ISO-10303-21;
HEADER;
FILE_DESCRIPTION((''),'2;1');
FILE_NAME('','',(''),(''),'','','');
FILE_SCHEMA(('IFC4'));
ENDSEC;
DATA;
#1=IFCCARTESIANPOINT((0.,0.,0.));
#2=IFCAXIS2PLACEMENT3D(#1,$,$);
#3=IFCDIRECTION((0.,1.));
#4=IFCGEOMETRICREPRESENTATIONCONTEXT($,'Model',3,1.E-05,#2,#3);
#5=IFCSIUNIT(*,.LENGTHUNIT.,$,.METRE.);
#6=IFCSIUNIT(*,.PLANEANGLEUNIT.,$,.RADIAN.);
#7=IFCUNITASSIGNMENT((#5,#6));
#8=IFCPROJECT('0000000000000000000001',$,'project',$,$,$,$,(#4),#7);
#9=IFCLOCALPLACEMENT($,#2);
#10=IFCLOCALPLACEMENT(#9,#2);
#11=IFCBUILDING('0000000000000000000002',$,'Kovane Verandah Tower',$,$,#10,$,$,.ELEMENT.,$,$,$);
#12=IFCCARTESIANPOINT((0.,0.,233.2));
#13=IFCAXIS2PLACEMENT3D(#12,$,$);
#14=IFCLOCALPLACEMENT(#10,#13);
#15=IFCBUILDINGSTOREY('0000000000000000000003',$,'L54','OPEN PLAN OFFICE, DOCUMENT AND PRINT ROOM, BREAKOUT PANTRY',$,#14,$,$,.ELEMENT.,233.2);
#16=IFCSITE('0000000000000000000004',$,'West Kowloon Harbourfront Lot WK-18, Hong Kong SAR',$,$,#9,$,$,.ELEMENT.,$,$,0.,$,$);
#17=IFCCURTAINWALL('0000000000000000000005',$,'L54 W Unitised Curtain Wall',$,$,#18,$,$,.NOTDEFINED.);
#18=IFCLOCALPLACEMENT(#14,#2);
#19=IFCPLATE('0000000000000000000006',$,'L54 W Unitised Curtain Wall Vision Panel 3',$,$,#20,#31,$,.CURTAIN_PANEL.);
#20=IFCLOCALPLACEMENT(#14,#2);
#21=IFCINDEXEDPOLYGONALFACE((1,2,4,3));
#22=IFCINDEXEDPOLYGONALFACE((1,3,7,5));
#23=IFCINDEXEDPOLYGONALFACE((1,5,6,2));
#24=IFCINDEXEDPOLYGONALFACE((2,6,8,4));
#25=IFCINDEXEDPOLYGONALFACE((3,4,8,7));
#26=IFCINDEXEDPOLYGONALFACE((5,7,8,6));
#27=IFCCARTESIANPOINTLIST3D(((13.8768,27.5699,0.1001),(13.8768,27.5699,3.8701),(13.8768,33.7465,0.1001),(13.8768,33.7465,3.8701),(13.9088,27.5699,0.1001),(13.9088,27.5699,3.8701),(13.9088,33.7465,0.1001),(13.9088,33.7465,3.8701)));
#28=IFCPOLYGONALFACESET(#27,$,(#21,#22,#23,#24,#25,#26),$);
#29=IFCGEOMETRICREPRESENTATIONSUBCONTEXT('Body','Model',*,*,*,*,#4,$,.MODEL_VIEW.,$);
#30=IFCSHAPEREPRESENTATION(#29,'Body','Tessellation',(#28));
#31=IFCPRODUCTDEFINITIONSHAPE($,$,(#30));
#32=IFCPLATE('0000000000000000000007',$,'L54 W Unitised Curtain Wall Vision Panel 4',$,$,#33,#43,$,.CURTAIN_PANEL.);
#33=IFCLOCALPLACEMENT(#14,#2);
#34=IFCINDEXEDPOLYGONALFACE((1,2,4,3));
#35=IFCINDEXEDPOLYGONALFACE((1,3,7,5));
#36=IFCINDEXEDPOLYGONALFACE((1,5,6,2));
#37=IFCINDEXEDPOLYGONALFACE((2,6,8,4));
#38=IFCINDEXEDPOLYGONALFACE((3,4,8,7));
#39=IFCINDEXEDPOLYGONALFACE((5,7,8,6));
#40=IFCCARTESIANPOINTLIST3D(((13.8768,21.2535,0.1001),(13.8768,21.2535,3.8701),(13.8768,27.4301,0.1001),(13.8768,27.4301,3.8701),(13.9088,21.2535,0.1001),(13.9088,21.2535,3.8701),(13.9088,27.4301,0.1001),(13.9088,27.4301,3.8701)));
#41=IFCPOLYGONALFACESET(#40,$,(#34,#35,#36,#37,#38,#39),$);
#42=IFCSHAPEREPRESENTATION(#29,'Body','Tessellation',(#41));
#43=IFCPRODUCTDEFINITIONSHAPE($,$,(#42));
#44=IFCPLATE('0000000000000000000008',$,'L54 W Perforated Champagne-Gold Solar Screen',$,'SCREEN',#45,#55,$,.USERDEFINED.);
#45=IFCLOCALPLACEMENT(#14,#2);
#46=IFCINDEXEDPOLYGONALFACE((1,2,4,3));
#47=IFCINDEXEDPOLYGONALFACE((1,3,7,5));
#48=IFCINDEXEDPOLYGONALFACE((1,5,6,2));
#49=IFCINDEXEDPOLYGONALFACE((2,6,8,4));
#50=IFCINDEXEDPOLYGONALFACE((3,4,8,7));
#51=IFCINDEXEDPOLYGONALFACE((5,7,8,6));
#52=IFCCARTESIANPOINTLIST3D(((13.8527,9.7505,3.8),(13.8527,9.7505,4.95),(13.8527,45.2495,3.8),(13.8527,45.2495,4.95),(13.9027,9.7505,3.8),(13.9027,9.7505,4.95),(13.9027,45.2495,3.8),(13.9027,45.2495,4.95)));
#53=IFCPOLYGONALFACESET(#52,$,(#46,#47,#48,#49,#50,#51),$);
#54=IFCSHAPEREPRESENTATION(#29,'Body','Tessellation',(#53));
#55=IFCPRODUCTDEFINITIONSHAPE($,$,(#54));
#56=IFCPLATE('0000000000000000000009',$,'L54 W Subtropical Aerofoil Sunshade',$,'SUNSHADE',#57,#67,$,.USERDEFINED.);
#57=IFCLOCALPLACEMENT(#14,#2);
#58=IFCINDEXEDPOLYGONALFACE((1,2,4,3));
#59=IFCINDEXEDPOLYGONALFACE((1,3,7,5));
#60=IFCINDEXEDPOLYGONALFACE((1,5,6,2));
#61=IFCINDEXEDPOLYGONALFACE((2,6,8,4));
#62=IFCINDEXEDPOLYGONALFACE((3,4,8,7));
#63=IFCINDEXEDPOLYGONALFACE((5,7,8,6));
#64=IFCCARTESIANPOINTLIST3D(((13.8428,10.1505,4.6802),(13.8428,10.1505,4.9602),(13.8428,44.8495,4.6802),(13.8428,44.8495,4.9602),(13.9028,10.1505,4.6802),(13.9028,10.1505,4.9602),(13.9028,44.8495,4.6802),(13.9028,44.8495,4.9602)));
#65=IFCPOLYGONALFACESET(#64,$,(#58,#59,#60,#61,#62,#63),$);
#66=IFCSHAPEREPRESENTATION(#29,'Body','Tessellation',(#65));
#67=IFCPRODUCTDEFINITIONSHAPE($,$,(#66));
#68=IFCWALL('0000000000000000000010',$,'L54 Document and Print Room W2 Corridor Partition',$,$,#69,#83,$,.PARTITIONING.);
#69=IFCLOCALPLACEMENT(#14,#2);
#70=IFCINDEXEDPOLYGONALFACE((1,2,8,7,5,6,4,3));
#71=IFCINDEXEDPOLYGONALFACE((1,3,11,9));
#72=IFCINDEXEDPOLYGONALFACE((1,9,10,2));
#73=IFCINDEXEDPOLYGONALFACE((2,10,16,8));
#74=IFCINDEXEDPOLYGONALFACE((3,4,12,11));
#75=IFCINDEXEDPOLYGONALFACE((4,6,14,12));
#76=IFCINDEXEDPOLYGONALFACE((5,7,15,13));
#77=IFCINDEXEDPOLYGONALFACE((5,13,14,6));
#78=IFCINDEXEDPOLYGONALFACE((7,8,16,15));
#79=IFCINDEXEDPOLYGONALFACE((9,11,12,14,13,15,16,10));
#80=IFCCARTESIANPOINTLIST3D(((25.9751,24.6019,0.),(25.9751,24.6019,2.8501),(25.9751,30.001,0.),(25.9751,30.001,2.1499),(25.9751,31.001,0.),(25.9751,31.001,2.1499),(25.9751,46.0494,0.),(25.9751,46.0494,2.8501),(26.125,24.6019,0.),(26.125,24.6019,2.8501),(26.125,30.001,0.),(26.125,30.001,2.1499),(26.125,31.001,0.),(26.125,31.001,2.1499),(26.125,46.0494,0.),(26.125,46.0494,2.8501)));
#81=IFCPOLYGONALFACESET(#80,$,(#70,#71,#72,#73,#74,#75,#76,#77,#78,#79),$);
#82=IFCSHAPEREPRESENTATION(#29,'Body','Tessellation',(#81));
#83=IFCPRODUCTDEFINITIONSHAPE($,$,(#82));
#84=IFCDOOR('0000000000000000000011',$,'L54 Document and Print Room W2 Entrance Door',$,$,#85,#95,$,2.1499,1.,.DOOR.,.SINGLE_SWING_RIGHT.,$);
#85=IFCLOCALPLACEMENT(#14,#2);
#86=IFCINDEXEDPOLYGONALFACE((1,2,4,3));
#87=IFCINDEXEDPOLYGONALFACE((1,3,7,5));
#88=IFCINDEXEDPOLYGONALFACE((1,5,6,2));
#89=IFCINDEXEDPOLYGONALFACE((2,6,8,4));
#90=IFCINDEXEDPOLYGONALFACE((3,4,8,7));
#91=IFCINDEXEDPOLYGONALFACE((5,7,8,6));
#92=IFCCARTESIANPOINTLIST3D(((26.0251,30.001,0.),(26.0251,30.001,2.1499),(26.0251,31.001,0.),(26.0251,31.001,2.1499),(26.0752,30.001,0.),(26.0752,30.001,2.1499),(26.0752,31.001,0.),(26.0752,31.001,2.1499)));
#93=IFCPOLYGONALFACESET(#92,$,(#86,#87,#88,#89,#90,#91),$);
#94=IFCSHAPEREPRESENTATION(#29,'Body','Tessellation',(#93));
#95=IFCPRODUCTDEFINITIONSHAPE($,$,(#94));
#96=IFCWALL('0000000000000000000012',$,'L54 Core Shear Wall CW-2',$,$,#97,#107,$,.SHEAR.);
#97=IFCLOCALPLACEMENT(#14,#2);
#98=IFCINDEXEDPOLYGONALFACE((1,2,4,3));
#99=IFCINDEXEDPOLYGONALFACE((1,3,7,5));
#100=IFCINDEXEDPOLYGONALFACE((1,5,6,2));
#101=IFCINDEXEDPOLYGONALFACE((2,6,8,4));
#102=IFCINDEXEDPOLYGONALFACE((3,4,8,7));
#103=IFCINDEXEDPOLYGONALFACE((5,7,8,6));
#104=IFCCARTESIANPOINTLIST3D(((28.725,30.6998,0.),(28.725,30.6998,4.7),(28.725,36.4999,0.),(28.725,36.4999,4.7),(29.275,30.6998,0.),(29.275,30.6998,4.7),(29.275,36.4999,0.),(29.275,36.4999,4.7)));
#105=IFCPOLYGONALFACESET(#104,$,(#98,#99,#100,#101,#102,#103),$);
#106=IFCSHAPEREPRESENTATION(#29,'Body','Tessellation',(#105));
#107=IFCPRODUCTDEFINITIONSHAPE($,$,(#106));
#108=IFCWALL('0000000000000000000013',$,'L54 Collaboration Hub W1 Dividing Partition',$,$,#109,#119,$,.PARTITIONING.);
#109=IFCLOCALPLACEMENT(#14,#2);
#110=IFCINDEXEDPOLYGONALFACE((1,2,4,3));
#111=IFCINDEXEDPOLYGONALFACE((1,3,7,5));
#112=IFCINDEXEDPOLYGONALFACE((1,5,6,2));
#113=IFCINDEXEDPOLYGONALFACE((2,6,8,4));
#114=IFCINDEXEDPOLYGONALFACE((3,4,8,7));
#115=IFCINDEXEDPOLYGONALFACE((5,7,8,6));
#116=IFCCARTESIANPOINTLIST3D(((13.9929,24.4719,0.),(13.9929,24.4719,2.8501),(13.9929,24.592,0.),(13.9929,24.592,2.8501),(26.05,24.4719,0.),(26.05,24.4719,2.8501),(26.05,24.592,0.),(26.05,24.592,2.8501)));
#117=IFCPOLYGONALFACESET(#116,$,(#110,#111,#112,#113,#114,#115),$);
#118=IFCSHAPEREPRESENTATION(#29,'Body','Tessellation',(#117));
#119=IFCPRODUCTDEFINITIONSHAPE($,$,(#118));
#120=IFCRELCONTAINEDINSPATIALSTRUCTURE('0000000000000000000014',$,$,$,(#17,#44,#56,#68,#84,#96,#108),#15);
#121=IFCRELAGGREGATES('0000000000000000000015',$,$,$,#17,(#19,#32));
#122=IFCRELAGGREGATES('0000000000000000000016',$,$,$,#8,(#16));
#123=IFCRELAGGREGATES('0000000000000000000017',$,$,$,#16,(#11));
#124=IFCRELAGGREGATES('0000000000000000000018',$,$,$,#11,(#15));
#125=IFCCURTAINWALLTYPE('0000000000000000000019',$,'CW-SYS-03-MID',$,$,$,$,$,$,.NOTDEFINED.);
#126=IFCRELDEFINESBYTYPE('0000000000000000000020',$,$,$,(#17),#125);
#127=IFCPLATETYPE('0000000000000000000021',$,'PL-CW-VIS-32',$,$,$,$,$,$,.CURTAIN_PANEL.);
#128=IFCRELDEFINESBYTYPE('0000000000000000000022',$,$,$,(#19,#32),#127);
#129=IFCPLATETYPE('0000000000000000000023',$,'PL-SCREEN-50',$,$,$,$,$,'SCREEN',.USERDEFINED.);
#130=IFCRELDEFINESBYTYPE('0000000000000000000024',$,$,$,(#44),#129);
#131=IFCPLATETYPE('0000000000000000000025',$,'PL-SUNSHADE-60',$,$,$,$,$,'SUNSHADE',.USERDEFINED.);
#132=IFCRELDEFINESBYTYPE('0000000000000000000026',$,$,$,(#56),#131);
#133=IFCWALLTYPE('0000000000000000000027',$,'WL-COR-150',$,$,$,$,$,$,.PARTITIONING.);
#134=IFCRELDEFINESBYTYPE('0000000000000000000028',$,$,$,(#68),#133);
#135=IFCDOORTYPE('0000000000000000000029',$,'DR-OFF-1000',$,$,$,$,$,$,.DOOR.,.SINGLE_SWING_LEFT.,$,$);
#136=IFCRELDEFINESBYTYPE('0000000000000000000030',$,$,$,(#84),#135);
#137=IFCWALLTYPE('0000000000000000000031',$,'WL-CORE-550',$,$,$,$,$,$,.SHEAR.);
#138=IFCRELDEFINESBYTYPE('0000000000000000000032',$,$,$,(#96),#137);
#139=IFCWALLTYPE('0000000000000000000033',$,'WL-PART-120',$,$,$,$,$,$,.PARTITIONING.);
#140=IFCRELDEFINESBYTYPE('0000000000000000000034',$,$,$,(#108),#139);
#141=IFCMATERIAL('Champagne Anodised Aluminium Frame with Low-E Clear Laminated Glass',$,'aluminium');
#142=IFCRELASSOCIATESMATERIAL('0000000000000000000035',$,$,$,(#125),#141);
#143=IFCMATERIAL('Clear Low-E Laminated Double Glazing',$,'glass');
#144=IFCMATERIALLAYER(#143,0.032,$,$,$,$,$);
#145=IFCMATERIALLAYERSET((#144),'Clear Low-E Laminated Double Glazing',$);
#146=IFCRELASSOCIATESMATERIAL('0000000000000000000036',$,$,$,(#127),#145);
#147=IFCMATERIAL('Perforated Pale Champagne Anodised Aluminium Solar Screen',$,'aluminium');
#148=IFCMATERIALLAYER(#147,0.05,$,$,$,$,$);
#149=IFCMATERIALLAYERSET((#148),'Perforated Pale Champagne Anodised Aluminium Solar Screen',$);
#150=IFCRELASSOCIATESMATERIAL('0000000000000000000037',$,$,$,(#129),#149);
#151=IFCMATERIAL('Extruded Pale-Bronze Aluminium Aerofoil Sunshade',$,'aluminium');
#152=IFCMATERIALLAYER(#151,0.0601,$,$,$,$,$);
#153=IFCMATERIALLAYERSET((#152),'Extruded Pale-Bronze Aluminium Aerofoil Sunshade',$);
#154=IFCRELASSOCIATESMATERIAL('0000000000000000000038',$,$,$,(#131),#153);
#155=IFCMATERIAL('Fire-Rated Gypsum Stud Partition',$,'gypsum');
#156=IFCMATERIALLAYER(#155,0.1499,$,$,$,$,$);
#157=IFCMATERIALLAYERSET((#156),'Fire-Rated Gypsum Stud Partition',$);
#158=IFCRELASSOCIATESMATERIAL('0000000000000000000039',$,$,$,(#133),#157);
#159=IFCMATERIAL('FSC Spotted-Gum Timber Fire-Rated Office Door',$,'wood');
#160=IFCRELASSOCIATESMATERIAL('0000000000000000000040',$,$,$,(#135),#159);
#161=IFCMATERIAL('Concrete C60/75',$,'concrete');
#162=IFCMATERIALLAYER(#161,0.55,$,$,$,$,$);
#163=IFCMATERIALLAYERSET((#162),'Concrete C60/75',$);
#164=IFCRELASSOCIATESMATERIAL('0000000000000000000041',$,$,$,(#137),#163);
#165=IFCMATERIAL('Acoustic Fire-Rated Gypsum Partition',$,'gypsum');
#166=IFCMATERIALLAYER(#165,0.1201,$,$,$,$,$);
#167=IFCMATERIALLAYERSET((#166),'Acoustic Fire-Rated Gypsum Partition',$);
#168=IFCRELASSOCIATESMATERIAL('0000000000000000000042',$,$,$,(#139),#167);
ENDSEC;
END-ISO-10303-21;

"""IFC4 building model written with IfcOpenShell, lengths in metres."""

from ifc_helpers import new_model, si_unit, direction, frame, frame_2d, origin, origin_2d, place, context, subcontext, project, spatial, rectangle, extrude, material, layer, layer_set, type_object, element, fill, aggregate, save


model = new_model("IFC4")

# Units and contexts
model_context = context("Model", 3, precision=1e-05, world=origin(), true_north=direction((0.0, 1.0)))
body_context = subcontext(model_context, "Body", "Model", "MODEL_VIEW")
ifc_project = project(units=[si_unit("LENGTHUNIT", "METRE"), si_unit("PLANEANGLEUNIT", "RADIAN")], contexts=[model_context])

# Site, building, storey
site_placement = place(None, origin())
site = spatial("IfcSite", under=ifc_project, at=site_placement, Name="West Kowloon Harbourfront Lot WK-18, Hong Kong SAR", CompositionType="ELEMENT", RefElevation=0.0)
building_placement = place(site_placement, origin())
building = spatial("IfcBuilding", under=site, at=building_placement, Name="Kovane Verandah Tower", CompositionType="ELEMENT")
storey_placement = place(building_placement, frame((0.0, 0.0, 233.2)))
storey = spatial("IfcBuildingStorey", under=building, at=storey_placement, Name="L54", Description="OPEN PLAN OFFICE, DOCUMENT AND PRINT ROOM, BREAKOUT PANTRY", CompositionType="ELEMENT", Elevation=233.2)

# Shared definitions
ifc_material_1 = material(Name="Concrete C60/75", Category="concrete")

# Curtain wall, plates
ifc_material_2 = material(Name="Champagne Anodised Aluminium Frame with Low-E Clear Laminated Glass", Category="aluminium")
curtain_wall_type = type_object("IfcCurtainWallType", Name="CW-SYS-03-MID", PredefinedType="NOTDEFINED", material=ifc_material_2)
curtain_wall_placement = place(storey_placement, origin())
curtain_wall = element("IfcCurtainWall", 1, at=curtain_wall_placement, inside=storey, type_object=curtain_wall_type, Name="L54 W Unitised Curtain Wall", PredefinedType="NOTDEFINED")
ifc_material_3 = material(Name="Clear Low-E Laminated Double Glazing", Category="glass")
ifc_layer_1 = layer(ifc_material_3, 0.032)
ifc_layer_set_1 = layer_set([ifc_layer_1], Name="Clear Low-E Laminated Double Glazing")
plate_type_1 = type_object("IfcPlateType", Name="PL-CW-VIS-32", PredefinedType="CURTAIN_PANEL", material=ifc_layer_set_1)
plate_1_placement = place(storey_placement, frame((13.8928, 30.6582, 0.1001), z_axis=(0.0, 0.0, 1.0), x_axis=(0.0, -1.0, 0.0)))
plate_1 = element("IfcPlate", 2, at=plate_1_placement, type_object=plate_type_1, Name="L54 W Unitised Curtain Wall Vision Panel 3", PredefinedType="CURTAIN_PANEL", context=body_context, shape_type="SweptSolid", body=[
    extrude(rectangle(XDim=6.1765, YDim=0.032, at=origin_2d()), origin(), (0.0, 0.0, 1.0), 3.77),
])
plate_2_placement = place(storey_placement, frame((13.8928, 24.3418, 0.1001), z_axis=(0.0, 0.0, 1.0), x_axis=(0.0, -1.0, 0.0)))
plate_2 = element("IfcPlate", 3, at=plate_2_placement, type_object=plate_type_1, Name="L54 W Unitised Curtain Wall Vision Panel 4", PredefinedType="CURTAIN_PANEL", context=body_context, shape_type="SweptSolid", body=[
    extrude(rectangle(XDim=6.1765, YDim=0.032, at=origin_2d()), origin(), (0.0, 0.0, 1.0), 3.77),
])
aggregate(curtain_wall, [plate_1, plate_2])

# Plates
ifc_material_4 = material(Name="Perforated Pale Champagne Anodised Aluminium Solar Screen", Category="aluminium")
ifc_layer_2 = layer(ifc_material_4, 0.05)
ifc_layer_set_2 = layer_set([ifc_layer_2], Name="Perforated Pale Champagne Anodised Aluminium Solar Screen")
plate_type_2 = type_object("IfcPlateType", Name="PL-SCREEN-50", ElementType="SCREEN", PredefinedType="USERDEFINED", material=ifc_layer_set_2)
plate_3_placement = place(storey_placement, frame((13.8777, 27.5, 3.8), z_axis=(0.0, 0.0, 1.0), x_axis=(0.0, -1.0, 0.0)))
element("IfcPlate", 4, at=plate_3_placement, inside=storey, type_object=plate_type_2, Name="L54 W Perforated Champagne-Gold Solar Screen", ObjectType="SCREEN", PredefinedType="USERDEFINED", context=body_context, shape_type="SweptSolid", body=[
    extrude(rectangle(XDim=35.499, YDim=0.05, at=origin_2d()), origin(), (0.0, 0.0, 1.0), 1.1499),
])
ifc_material_5 = material(Name="Extruded Pale-Bronze Aluminium Aerofoil Sunshade", Category="aluminium")
ifc_layer_3 = layer(ifc_material_5, 0.0601)
ifc_layer_set_3 = layer_set([ifc_layer_3], Name="Extruded Pale-Bronze Aluminium Aerofoil Sunshade")
plate_type_3 = type_object("IfcPlateType", Name="PL-SUNSHADE-60", ElementType="SUNSHADE", PredefinedType="USERDEFINED", material=ifc_layer_set_3)
plate_4_placement = place(storey_placement, frame((13.8728, 27.5, 4.6802), z_axis=(0.0, 0.0, 1.0), x_axis=(0.0, -1.0, 0.0)))
element("IfcPlate", 5, at=plate_4_placement, inside=storey, type_object=plate_type_3, Name="L54 W Subtropical Aerofoil Sunshade", ObjectType="SUNSHADE", PredefinedType="USERDEFINED", context=body_context, shape_type="SweptSolid", body=[
    extrude(rectangle(XDim=34.699, YDim=0.0601, at=origin_2d()), origin(), (0.0, 0.0, 1.0), 0.28),
])

# Wall, opening, door
ifc_material_6 = material(Name="Fire-Rated Gypsum Stud Partition", Category="gypsum")
ifc_layer_4 = layer(ifc_material_6, 0.1499)
ifc_layer_set_4 = layer_set([ifc_layer_4], Name="Fire-Rated Gypsum Stud Partition")
wall_type_1 = type_object("IfcWallType", Name="WL-COR-150", PredefinedType="PARTITIONING", material=ifc_layer_set_4)
wall_1_placement = place(storey_placement, frame((26.05, 24.6021, 0.0), z_axis=(0.0, 0.0, 1.0), x_axis=(0.0, 1.0, 0.0)))
wall_1 = element("IfcWall", 6, at=wall_1_placement, inside=storey, type_object=wall_type_1, Name="L54 Document and Print Room W2 Corridor Partition", PredefinedType="PARTITIONING", context=body_context, shape_type="SweptSolid", body=[
    extrude(rectangle(XDim=21.4475, YDim=0.1499, at=frame_2d((10.7236, 0.0))), origin(), (0.0, 0.0, 1.0), 2.8501),
])
opening_1_placement = place(wall_1_placement, frame((5.3989, 0.0, 0.0)))
opening_1 = element("IfcOpeningElement", 7, at=opening_1_placement, cuts=wall_1, PredefinedType="OPENING", context=body_context, shape_type="SweptSolid", body=[
    extrude(rectangle(XDim=1.0, YDim=2.1499, at=frame_2d((0.5, 1.075))), frame((0.0, 0.075, 0.0), z_axis=(0.0, -1.0, 0.0), x_axis=(1.0, 0.0, 0.0)), (0.0, 0.0, 1.0), 0.1499),
])
ifc_material_7 = material(Name="FSC Spotted-Gum Timber Fire-Rated Office Door", Category="wood")
door_type_1 = type_object("IfcDoorType", Name="DR-OFF-1000", OperationType="SINGLE_SWING_LEFT", PredefinedType="DOOR", material=ifc_material_7)
door_1_placement = place(opening_1_placement, origin())
door_1 = element("IfcDoor", 8, at=door_1_placement, inside=storey, type_object=door_type_1, Name="L54 Document and Print Room W2 Entrance Door", OperationType="SINGLE_SWING_RIGHT", OverallHeight=2.1499, OverallWidth=1.0, PredefinedType="DOOR", context=body_context, shape_type="SweptSolid", body=[
    extrude(rectangle(XDim=1.0, YDim=2.1499, at=frame_2d((0.5, 1.075))), frame((0.0, 0.0249, 0.0), z_axis=(0.0, -1.0, 0.0), x_axis=(1.0, 0.0, 0.0)), (0.0, 0.0, 1.0), 0.05),
])
fill(opening_1, door_1)

# Wall
ifc_layer_5 = layer(ifc_material_1, 0.55)
ifc_layer_set_5 = layer_set([ifc_layer_5], Name="Concrete C60/75")
wall_type_2 = type_object("IfcWallType", Name="WL-CORE-550", PredefinedType="SHEAR", material=ifc_layer_set_5)
wall_2_placement = place(storey_placement, frame((29.0, 30.7, 0.0), z_axis=(0.0, 0.0, 1.0), x_axis=(0.0, 1.0, 0.0)))
element("IfcWall", 9, at=wall_2_placement, inside=storey, type_object=wall_type_2, Name="L54 Core Shear Wall CW-2", PredefinedType="SHEAR", context=body_context, shape_type="SweptSolid", body=[
    extrude(rectangle(XDim=5.8, YDim=0.55, at=frame_2d((2.8999, 0.0))), origin(), (0.0, 0.0, 1.0), 4.7),
])

# Wall
ifc_material_8 = material(Name="Acoustic Fire-Rated Gypsum Partition", Category="gypsum")
ifc_layer_6 = layer(ifc_material_8, 0.1201)
ifc_layer_set_6 = layer_set([ifc_layer_6], Name="Acoustic Fire-Rated Gypsum Partition")
wall_type_3 = type_object("IfcWallType", Name="WL-PART-120", PredefinedType="PARTITIONING", material=ifc_layer_set_6)
wall_3_placement = place(storey_placement, frame((13.9929, 24.532, 0.0), z_axis=(0.0, 0.0, 1.0), x_axis=(1.0, 0.0, 0.0)))
element("IfcWall", 10, at=wall_3_placement, inside=storey, type_object=wall_type_3, Name="L54 Collaboration Hub W1 Dividing Partition", PredefinedType="PARTITIONING", context=body_context, shape_type="SweptSolid", body=[
    extrude(rectangle(XDim=12.0571, YDim=0.1201, at=frame_2d((6.0286, 0.0))), origin(), (0.0, 0.0, 1.0), 2.8501),
])

save(model, "model.ifc")
